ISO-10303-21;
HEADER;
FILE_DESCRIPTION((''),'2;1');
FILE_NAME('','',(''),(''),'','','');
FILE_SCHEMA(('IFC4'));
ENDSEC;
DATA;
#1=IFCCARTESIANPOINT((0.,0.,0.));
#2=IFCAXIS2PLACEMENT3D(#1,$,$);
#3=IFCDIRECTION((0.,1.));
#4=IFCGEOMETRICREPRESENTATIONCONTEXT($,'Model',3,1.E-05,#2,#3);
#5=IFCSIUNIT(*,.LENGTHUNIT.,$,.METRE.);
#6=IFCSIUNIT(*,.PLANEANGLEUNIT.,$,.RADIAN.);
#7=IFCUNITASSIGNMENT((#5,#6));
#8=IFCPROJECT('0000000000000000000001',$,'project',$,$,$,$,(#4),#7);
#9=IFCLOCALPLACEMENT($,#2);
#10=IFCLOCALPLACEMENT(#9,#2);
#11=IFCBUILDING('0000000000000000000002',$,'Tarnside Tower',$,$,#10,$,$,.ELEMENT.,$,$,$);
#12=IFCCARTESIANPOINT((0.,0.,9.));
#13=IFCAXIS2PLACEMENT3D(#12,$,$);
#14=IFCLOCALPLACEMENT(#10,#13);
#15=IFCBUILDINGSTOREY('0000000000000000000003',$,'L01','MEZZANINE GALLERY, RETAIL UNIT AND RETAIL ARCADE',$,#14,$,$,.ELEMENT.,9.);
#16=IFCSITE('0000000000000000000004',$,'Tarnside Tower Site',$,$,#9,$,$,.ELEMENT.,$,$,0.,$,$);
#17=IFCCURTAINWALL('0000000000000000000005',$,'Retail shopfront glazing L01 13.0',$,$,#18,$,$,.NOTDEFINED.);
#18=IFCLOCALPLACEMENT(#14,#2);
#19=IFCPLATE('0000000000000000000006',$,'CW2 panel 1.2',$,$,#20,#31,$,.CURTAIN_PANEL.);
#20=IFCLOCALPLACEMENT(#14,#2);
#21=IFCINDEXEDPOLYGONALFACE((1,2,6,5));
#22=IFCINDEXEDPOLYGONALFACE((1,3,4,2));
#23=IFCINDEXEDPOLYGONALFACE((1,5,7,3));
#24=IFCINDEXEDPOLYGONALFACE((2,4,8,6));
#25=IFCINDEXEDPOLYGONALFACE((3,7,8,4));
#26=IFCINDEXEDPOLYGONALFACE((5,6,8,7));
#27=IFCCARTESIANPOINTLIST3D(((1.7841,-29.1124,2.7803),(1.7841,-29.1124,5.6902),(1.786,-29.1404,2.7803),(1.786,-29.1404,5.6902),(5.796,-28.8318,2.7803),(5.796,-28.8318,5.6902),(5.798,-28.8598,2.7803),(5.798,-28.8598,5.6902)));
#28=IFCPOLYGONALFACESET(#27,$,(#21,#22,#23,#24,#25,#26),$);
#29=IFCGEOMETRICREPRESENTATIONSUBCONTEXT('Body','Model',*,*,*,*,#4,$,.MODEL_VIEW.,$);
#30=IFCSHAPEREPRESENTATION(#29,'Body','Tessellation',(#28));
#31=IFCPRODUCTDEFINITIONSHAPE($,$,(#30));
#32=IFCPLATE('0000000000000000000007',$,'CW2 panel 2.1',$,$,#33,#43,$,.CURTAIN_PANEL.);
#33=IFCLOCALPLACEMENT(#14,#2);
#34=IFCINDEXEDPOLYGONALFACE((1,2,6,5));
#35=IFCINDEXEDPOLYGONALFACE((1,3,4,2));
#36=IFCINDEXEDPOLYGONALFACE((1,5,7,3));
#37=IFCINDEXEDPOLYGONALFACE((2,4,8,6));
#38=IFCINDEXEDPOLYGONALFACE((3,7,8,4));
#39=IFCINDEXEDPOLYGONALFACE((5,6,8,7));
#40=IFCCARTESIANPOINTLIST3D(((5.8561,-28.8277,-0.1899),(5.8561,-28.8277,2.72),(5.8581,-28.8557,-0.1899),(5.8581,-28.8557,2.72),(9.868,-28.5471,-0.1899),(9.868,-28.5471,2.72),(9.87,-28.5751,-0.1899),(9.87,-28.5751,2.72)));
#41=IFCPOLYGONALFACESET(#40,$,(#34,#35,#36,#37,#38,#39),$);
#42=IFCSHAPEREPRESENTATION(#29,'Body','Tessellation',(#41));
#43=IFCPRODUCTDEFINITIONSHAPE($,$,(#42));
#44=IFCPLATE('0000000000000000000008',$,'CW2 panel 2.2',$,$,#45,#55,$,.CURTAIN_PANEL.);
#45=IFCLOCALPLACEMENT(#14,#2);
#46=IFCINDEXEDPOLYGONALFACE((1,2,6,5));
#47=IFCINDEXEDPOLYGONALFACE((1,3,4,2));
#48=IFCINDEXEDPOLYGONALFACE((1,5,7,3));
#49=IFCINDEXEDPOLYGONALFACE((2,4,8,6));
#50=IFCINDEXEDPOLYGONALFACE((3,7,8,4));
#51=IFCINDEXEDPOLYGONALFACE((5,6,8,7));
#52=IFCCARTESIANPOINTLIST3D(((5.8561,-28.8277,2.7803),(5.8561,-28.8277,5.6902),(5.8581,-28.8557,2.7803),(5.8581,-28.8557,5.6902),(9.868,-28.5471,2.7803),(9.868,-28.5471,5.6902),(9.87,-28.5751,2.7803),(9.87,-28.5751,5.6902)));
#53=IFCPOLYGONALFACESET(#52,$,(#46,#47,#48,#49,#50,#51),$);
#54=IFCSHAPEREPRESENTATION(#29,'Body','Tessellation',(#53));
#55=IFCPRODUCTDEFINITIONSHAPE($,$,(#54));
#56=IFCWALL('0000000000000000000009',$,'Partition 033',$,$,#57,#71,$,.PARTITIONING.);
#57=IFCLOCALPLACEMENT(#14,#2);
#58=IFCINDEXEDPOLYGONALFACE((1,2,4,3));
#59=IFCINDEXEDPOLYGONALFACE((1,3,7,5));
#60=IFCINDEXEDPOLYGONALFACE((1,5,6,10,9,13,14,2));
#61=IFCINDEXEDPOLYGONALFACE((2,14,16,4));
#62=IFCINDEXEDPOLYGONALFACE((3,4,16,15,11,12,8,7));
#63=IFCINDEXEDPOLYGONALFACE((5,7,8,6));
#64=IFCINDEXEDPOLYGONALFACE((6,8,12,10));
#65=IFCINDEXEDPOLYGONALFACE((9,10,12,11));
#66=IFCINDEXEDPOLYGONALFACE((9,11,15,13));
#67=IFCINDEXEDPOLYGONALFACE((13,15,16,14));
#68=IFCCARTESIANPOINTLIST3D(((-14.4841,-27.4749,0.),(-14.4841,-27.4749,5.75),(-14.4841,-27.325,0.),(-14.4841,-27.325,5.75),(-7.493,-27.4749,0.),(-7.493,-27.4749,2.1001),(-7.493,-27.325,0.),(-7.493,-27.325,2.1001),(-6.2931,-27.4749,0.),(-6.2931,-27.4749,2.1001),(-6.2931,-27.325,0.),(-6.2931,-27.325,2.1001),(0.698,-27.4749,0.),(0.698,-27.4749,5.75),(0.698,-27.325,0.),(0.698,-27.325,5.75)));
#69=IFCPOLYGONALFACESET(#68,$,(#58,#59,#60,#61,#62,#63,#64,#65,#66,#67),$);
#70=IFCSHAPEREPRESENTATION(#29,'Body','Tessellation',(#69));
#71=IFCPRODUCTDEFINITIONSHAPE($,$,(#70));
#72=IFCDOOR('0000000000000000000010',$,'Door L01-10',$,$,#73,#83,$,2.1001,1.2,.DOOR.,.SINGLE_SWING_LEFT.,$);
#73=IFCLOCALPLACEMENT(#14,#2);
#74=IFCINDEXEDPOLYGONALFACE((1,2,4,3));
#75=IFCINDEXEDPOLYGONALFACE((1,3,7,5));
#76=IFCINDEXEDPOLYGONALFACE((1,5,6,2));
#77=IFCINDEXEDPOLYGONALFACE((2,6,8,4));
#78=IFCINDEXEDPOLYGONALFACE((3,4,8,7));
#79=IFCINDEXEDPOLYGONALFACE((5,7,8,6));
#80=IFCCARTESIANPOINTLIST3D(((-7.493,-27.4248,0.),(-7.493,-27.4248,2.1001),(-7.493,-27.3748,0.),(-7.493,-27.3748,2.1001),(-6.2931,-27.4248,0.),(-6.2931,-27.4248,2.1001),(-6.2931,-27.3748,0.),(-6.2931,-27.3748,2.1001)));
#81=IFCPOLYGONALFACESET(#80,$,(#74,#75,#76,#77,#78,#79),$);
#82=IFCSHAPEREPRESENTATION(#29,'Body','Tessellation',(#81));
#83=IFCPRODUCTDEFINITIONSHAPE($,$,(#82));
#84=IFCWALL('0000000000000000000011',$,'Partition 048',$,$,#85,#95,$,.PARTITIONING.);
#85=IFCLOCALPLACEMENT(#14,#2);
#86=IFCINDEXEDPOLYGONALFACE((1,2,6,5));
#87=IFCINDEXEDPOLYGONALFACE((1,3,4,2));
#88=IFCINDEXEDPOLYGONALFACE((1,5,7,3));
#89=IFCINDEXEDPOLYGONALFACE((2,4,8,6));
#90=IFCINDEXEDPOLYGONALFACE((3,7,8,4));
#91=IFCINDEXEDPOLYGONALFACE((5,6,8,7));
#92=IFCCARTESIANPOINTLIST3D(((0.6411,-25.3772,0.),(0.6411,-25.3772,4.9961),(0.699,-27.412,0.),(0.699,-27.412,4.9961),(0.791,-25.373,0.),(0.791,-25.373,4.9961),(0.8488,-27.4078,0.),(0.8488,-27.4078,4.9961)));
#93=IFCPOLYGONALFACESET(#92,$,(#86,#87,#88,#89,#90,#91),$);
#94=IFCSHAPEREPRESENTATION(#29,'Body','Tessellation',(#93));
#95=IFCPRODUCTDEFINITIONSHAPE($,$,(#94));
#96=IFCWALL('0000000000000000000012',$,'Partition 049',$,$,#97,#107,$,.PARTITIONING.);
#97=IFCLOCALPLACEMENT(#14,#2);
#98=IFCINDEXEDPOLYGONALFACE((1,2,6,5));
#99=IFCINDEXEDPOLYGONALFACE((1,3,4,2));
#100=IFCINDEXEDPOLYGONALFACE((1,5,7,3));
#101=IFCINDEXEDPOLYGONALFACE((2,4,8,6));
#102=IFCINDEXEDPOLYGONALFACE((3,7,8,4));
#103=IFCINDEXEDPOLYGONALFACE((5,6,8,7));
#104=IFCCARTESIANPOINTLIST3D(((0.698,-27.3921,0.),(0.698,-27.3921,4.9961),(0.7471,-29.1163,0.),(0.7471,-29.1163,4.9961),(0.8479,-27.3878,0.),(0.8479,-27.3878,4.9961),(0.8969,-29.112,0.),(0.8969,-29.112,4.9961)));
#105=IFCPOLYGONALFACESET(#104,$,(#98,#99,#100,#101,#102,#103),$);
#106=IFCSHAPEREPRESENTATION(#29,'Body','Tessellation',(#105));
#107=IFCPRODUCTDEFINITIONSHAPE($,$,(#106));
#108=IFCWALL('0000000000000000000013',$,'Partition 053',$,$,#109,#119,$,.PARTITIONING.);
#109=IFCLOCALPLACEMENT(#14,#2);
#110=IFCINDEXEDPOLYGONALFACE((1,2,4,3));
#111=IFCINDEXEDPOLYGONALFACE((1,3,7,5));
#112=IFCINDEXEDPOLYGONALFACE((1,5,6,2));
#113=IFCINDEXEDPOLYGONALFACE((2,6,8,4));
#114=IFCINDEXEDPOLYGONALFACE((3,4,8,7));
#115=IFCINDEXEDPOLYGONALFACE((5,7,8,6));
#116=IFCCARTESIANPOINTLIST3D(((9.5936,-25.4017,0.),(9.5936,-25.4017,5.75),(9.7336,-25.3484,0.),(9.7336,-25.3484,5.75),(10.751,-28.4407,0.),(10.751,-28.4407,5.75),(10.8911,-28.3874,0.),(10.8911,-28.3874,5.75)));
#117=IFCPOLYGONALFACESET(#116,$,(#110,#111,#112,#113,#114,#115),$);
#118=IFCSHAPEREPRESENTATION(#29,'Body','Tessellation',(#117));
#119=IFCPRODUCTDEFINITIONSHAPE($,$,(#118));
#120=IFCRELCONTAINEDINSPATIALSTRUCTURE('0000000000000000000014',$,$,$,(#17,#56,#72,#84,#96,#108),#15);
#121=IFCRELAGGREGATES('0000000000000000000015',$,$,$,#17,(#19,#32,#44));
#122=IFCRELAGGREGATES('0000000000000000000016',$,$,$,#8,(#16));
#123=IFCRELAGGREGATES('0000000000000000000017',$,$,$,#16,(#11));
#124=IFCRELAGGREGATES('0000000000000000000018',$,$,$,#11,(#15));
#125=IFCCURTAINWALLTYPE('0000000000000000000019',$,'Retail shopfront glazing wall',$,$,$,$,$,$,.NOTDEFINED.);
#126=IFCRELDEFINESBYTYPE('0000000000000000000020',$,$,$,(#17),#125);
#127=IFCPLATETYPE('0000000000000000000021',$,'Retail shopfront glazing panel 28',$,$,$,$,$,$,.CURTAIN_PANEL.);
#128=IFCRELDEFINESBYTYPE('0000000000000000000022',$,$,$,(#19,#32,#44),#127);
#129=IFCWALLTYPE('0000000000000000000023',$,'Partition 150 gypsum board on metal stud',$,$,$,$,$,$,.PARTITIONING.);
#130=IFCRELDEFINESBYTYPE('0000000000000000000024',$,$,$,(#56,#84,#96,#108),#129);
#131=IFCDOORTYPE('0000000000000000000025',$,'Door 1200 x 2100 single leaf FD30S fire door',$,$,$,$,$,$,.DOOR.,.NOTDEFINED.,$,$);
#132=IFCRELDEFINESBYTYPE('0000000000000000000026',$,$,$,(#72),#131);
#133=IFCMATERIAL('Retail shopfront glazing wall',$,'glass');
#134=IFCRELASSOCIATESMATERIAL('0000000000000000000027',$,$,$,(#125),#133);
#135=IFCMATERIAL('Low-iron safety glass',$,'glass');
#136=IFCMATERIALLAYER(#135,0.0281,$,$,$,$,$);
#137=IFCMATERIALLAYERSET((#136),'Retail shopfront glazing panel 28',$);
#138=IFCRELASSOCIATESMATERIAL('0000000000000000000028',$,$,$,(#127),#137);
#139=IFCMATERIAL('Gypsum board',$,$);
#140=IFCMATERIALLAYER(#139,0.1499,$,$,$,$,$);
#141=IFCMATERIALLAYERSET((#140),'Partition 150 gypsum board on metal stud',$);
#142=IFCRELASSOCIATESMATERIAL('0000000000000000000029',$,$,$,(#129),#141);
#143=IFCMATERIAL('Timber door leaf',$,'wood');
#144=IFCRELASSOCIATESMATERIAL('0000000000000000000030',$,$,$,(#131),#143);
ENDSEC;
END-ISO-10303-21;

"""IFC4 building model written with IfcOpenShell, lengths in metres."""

from ifc_helpers import new_model, si_unit, direction, frame, frame_2d, origin, origin_2d, place, context, subcontext, project, spatial, rectangle, extrude, material, layer, layer_set, type_object, element, fill, aggregate, save


model = new_model("IFC4")

# Units and contexts
model_context = context("Model", 3, precision=1e-05, world=origin(), true_north=direction((0.0, 1.0)))
body_context = subcontext(model_context, "Body", "Model", "MODEL_VIEW")
ifc_project = project(units=[si_unit("LENGTHUNIT", "METRE"), si_unit("PLANEANGLEUNIT", "RADIAN")], contexts=[model_context])

# Site, building, storey
site_placement = place(None, origin())
site = spatial("IfcSite", under=ifc_project, at=site_placement, Name="Tarnside Tower Site", CompositionType="ELEMENT", RefElevation=0.0)
building_placement = place(site_placement, origin())
building = spatial("IfcBuilding", under=site, at=building_placement, Name="Tarnside Tower", CompositionType="ELEMENT")
storey_placement = place(building_placement, frame((0.0, 0.0, 9.0)))
storey = spatial("IfcBuildingStorey", under=building, at=storey_placement, Name="L01", Description="MEZZANINE GALLERY, RETAIL UNIT AND RETAIL ARCADE", CompositionType="ELEMENT", Elevation=9.0)

# Curtain wall, plates
ifc_material_1 = material(Name="Retail shopfront glazing wall", Category="glass")
curtain_wall_type = type_object("IfcCurtainWallType", Name="Retail shopfront glazing wall", PredefinedType="NOTDEFINED", material=ifc_material_1)
curtain_wall_placement = place(storey_placement, origin())
curtain_wall = element("IfcCurtainWall", 1, at=curtain_wall_placement, inside=storey, type_object=curtain_wall_type, Name="Retail shopfront glazing L01 13.0", PredefinedType="NOTDEFINED")
ifc_material_2 = material(Name="Low-iron safety glass", Category="glass")
ifc_layer_1 = layer(ifc_material_2, 0.0281)
ifc_layer_set_1 = layer_set([ifc_layer_1], Name="Retail shopfront glazing panel 28")
plate_type = type_object("IfcPlateType", Name="Retail shopfront glazing panel 28", PredefinedType="CURTAIN_PANEL", material=ifc_layer_set_1)
plate_1_placement = place(storey_placement, frame((3.791, -28.9861, 2.7803), z_axis=(0.0, 0.0, 1.0), x_axis=(0.997564, 0.069756, 0.0)))
plate_1 = element("IfcPlate", 2, at=plate_1_placement, type_object=plate_type, Name="CW2 panel 1.2", PredefinedType="CURTAIN_PANEL", context=body_context, shape_type="SweptSolid", body=[
    extrude(rectangle(XDim=4.0217, YDim=0.0281, at=origin_2d()), origin(), (0.0, 0.0, 1.0), 2.9099),
])
plate_2_placement = place(storey_placement, frame((7.863, -28.7014, -0.1899), z_axis=(0.0, 0.0, 1.0), x_axis=(0.997564, 0.069756, 0.0)))
plate_2 = element("IfcPlate", 3, at=plate_2_placement, type_object=plate_type, Name="CW2 panel 2.1", PredefinedType="CURTAIN_PANEL", context=body_context, shape_type="SweptSolid", body=[
    extrude(rectangle(XDim=4.0217, YDim=0.0281, at=origin_2d()), origin(), (0.0, 0.0, 1.0), 2.9099),
])
plate_3_placement = place(storey_placement, frame((7.863, -28.7014, 2.7803), z_axis=(0.0, 0.0, 1.0), x_axis=(0.997564, 0.069756, 0.0)))
plate_3 = element("IfcPlate", 4, at=plate_3_placement, type_object=plate_type, Name="CW2 panel 2.2", PredefinedType="CURTAIN_PANEL", context=body_context, shape_type="SweptSolid", body=[
    extrude(rectangle(XDim=4.0217, YDim=0.0281, at=origin_2d()), origin(), (0.0, 0.0, 1.0), 2.9099),
])
aggregate(curtain_wall, [plate_1, plate_2, plate_3])

# Wall, opening, door
ifc_material_3 = material(Name="Gypsum board")
ifc_layer_2 = layer(ifc_material_3, 0.1499)
ifc_layer_set_2 = layer_set([ifc_layer_2], Name="Partition 150 gypsum board on metal stud")
wall_type = type_object("IfcWallType", Name="Partition 150 gypsum board on metal stud", PredefinedType="PARTITIONING", material=ifc_layer_set_2)
wall_1_placement = place(storey_placement, frame((0.698, -27.3999, 0.0), z_axis=(0.0, 0.0, 1.0), x_axis=(-1.0, 0.0, 0.0)))
wall_1 = element("IfcWall", 5, at=wall_1_placement, inside=storey, type_object=wall_type, Name="Partition 033", PredefinedType="PARTITIONING", context=body_context, shape_type="SweptSolid", body=[
    extrude(rectangle(XDim=15.1821, YDim=0.1499, at=frame_2d((7.5911, 0.0))), origin(), (0.0, 0.0, 1.0), 5.75),
])
opening_placement = place(wall_1_placement, frame((6.991, 0.0, 0.0)))
opening = element("IfcOpeningElement", 6, at=opening_placement, cuts=wall_1, PredefinedType="OPENING", context=body_context, shape_type="SweptSolid", body=[
    extrude(rectangle(XDim=1.2, YDim=2.1001, at=frame_2d((0.6001, 1.05))), frame((0.0, 0.085, 0.0), z_axis=(0.0, -1.0, 0.0), x_axis=(1.0, 0.0, 0.0)), (0.0, 0.0, 1.0), 0.1699),
])
ifc_material_4 = material(Name="Timber door leaf", Category="wood")
door_type = type_object("IfcDoorType", Name="Door 1200 x 2100 single leaf FD30S fire door", OperationType="NOTDEFINED", PredefinedType="DOOR", material=ifc_material_4)
door_placement = place(opening_placement, origin())
door = element("IfcDoor", 7, at=door_placement, inside=storey, type_object=door_type, Name="Door L01-10", OperationType="SINGLE_SWING_LEFT", OverallHeight=2.1001, OverallWidth=1.2, PredefinedType="DOOR", context=body_context, shape_type="SweptSolid", body=[
    extrude(rectangle(XDim=1.2, YDim=2.1001, at=frame_2d((0.6001, 1.05))), frame((0.0, 0.0249, 0.0), z_axis=(0.0, -1.0, 0.0), x_axis=(1.0, 0.0, 0.0)), (0.0, 0.0, 1.0), 0.05),
])
fill(opening, door)

# Walls
wall_2_placement = place(storey_placement, frame((0.7739, -27.4099, 0.0), z_axis=(0.0, 0.0, 1.0), x_axis=(-0.028423, 0.999596, 0.0)))
element("IfcWall", 8, at=wall_2_placement, inside=storey, type_object=wall_type, Name="Partition 048", PredefinedType="PARTITIONING", context=body_context, shape_type="SweptSolid", body=[
    extrude(rectangle(XDim=2.0356, YDim=0.1499, at=frame_2d((1.0178, 0.0))), origin(), (0.0, 0.0, 1.0), 4.9961),
])
wall_3_placement = place(storey_placement, frame((0.822, -29.114, 0.0), z_axis=(0.0, 0.0, 1.0), x_axis=(-0.028451, 0.999595, 0.0)))
element("IfcWall", 9, at=wall_3_placement, inside=storey, type_object=wall_type, Name="Partition 049", PredefinedType="PARTITIONING", context=body_context, shape_type="SweptSolid", body=[
    extrude(rectangle(XDim=1.7249, YDim=0.1499, at=frame_2d((0.8623, 0.0))), origin(), (0.0, 0.0, 1.0), 4.9961),
])
wall_4_placement = place(storey_placement, frame((10.821, -28.4141, 0.0), z_axis=(0.0, 0.0, 1.0), x_axis=(-0.355924, 0.934515, 0.0)))
element("IfcWall", 10, at=wall_4_placement, inside=storey, type_object=wall_type, Name="Partition 053", PredefinedType="PARTITIONING", context=body_context, shape_type="SweptSolid", body=[
    extrude(rectangle(XDim=3.252, YDim=0.1499, at=frame_2d((1.626, 0.0))), origin(), (0.0, 0.0, 1.0), 5.75),
])

save(model, "model.ifc")
